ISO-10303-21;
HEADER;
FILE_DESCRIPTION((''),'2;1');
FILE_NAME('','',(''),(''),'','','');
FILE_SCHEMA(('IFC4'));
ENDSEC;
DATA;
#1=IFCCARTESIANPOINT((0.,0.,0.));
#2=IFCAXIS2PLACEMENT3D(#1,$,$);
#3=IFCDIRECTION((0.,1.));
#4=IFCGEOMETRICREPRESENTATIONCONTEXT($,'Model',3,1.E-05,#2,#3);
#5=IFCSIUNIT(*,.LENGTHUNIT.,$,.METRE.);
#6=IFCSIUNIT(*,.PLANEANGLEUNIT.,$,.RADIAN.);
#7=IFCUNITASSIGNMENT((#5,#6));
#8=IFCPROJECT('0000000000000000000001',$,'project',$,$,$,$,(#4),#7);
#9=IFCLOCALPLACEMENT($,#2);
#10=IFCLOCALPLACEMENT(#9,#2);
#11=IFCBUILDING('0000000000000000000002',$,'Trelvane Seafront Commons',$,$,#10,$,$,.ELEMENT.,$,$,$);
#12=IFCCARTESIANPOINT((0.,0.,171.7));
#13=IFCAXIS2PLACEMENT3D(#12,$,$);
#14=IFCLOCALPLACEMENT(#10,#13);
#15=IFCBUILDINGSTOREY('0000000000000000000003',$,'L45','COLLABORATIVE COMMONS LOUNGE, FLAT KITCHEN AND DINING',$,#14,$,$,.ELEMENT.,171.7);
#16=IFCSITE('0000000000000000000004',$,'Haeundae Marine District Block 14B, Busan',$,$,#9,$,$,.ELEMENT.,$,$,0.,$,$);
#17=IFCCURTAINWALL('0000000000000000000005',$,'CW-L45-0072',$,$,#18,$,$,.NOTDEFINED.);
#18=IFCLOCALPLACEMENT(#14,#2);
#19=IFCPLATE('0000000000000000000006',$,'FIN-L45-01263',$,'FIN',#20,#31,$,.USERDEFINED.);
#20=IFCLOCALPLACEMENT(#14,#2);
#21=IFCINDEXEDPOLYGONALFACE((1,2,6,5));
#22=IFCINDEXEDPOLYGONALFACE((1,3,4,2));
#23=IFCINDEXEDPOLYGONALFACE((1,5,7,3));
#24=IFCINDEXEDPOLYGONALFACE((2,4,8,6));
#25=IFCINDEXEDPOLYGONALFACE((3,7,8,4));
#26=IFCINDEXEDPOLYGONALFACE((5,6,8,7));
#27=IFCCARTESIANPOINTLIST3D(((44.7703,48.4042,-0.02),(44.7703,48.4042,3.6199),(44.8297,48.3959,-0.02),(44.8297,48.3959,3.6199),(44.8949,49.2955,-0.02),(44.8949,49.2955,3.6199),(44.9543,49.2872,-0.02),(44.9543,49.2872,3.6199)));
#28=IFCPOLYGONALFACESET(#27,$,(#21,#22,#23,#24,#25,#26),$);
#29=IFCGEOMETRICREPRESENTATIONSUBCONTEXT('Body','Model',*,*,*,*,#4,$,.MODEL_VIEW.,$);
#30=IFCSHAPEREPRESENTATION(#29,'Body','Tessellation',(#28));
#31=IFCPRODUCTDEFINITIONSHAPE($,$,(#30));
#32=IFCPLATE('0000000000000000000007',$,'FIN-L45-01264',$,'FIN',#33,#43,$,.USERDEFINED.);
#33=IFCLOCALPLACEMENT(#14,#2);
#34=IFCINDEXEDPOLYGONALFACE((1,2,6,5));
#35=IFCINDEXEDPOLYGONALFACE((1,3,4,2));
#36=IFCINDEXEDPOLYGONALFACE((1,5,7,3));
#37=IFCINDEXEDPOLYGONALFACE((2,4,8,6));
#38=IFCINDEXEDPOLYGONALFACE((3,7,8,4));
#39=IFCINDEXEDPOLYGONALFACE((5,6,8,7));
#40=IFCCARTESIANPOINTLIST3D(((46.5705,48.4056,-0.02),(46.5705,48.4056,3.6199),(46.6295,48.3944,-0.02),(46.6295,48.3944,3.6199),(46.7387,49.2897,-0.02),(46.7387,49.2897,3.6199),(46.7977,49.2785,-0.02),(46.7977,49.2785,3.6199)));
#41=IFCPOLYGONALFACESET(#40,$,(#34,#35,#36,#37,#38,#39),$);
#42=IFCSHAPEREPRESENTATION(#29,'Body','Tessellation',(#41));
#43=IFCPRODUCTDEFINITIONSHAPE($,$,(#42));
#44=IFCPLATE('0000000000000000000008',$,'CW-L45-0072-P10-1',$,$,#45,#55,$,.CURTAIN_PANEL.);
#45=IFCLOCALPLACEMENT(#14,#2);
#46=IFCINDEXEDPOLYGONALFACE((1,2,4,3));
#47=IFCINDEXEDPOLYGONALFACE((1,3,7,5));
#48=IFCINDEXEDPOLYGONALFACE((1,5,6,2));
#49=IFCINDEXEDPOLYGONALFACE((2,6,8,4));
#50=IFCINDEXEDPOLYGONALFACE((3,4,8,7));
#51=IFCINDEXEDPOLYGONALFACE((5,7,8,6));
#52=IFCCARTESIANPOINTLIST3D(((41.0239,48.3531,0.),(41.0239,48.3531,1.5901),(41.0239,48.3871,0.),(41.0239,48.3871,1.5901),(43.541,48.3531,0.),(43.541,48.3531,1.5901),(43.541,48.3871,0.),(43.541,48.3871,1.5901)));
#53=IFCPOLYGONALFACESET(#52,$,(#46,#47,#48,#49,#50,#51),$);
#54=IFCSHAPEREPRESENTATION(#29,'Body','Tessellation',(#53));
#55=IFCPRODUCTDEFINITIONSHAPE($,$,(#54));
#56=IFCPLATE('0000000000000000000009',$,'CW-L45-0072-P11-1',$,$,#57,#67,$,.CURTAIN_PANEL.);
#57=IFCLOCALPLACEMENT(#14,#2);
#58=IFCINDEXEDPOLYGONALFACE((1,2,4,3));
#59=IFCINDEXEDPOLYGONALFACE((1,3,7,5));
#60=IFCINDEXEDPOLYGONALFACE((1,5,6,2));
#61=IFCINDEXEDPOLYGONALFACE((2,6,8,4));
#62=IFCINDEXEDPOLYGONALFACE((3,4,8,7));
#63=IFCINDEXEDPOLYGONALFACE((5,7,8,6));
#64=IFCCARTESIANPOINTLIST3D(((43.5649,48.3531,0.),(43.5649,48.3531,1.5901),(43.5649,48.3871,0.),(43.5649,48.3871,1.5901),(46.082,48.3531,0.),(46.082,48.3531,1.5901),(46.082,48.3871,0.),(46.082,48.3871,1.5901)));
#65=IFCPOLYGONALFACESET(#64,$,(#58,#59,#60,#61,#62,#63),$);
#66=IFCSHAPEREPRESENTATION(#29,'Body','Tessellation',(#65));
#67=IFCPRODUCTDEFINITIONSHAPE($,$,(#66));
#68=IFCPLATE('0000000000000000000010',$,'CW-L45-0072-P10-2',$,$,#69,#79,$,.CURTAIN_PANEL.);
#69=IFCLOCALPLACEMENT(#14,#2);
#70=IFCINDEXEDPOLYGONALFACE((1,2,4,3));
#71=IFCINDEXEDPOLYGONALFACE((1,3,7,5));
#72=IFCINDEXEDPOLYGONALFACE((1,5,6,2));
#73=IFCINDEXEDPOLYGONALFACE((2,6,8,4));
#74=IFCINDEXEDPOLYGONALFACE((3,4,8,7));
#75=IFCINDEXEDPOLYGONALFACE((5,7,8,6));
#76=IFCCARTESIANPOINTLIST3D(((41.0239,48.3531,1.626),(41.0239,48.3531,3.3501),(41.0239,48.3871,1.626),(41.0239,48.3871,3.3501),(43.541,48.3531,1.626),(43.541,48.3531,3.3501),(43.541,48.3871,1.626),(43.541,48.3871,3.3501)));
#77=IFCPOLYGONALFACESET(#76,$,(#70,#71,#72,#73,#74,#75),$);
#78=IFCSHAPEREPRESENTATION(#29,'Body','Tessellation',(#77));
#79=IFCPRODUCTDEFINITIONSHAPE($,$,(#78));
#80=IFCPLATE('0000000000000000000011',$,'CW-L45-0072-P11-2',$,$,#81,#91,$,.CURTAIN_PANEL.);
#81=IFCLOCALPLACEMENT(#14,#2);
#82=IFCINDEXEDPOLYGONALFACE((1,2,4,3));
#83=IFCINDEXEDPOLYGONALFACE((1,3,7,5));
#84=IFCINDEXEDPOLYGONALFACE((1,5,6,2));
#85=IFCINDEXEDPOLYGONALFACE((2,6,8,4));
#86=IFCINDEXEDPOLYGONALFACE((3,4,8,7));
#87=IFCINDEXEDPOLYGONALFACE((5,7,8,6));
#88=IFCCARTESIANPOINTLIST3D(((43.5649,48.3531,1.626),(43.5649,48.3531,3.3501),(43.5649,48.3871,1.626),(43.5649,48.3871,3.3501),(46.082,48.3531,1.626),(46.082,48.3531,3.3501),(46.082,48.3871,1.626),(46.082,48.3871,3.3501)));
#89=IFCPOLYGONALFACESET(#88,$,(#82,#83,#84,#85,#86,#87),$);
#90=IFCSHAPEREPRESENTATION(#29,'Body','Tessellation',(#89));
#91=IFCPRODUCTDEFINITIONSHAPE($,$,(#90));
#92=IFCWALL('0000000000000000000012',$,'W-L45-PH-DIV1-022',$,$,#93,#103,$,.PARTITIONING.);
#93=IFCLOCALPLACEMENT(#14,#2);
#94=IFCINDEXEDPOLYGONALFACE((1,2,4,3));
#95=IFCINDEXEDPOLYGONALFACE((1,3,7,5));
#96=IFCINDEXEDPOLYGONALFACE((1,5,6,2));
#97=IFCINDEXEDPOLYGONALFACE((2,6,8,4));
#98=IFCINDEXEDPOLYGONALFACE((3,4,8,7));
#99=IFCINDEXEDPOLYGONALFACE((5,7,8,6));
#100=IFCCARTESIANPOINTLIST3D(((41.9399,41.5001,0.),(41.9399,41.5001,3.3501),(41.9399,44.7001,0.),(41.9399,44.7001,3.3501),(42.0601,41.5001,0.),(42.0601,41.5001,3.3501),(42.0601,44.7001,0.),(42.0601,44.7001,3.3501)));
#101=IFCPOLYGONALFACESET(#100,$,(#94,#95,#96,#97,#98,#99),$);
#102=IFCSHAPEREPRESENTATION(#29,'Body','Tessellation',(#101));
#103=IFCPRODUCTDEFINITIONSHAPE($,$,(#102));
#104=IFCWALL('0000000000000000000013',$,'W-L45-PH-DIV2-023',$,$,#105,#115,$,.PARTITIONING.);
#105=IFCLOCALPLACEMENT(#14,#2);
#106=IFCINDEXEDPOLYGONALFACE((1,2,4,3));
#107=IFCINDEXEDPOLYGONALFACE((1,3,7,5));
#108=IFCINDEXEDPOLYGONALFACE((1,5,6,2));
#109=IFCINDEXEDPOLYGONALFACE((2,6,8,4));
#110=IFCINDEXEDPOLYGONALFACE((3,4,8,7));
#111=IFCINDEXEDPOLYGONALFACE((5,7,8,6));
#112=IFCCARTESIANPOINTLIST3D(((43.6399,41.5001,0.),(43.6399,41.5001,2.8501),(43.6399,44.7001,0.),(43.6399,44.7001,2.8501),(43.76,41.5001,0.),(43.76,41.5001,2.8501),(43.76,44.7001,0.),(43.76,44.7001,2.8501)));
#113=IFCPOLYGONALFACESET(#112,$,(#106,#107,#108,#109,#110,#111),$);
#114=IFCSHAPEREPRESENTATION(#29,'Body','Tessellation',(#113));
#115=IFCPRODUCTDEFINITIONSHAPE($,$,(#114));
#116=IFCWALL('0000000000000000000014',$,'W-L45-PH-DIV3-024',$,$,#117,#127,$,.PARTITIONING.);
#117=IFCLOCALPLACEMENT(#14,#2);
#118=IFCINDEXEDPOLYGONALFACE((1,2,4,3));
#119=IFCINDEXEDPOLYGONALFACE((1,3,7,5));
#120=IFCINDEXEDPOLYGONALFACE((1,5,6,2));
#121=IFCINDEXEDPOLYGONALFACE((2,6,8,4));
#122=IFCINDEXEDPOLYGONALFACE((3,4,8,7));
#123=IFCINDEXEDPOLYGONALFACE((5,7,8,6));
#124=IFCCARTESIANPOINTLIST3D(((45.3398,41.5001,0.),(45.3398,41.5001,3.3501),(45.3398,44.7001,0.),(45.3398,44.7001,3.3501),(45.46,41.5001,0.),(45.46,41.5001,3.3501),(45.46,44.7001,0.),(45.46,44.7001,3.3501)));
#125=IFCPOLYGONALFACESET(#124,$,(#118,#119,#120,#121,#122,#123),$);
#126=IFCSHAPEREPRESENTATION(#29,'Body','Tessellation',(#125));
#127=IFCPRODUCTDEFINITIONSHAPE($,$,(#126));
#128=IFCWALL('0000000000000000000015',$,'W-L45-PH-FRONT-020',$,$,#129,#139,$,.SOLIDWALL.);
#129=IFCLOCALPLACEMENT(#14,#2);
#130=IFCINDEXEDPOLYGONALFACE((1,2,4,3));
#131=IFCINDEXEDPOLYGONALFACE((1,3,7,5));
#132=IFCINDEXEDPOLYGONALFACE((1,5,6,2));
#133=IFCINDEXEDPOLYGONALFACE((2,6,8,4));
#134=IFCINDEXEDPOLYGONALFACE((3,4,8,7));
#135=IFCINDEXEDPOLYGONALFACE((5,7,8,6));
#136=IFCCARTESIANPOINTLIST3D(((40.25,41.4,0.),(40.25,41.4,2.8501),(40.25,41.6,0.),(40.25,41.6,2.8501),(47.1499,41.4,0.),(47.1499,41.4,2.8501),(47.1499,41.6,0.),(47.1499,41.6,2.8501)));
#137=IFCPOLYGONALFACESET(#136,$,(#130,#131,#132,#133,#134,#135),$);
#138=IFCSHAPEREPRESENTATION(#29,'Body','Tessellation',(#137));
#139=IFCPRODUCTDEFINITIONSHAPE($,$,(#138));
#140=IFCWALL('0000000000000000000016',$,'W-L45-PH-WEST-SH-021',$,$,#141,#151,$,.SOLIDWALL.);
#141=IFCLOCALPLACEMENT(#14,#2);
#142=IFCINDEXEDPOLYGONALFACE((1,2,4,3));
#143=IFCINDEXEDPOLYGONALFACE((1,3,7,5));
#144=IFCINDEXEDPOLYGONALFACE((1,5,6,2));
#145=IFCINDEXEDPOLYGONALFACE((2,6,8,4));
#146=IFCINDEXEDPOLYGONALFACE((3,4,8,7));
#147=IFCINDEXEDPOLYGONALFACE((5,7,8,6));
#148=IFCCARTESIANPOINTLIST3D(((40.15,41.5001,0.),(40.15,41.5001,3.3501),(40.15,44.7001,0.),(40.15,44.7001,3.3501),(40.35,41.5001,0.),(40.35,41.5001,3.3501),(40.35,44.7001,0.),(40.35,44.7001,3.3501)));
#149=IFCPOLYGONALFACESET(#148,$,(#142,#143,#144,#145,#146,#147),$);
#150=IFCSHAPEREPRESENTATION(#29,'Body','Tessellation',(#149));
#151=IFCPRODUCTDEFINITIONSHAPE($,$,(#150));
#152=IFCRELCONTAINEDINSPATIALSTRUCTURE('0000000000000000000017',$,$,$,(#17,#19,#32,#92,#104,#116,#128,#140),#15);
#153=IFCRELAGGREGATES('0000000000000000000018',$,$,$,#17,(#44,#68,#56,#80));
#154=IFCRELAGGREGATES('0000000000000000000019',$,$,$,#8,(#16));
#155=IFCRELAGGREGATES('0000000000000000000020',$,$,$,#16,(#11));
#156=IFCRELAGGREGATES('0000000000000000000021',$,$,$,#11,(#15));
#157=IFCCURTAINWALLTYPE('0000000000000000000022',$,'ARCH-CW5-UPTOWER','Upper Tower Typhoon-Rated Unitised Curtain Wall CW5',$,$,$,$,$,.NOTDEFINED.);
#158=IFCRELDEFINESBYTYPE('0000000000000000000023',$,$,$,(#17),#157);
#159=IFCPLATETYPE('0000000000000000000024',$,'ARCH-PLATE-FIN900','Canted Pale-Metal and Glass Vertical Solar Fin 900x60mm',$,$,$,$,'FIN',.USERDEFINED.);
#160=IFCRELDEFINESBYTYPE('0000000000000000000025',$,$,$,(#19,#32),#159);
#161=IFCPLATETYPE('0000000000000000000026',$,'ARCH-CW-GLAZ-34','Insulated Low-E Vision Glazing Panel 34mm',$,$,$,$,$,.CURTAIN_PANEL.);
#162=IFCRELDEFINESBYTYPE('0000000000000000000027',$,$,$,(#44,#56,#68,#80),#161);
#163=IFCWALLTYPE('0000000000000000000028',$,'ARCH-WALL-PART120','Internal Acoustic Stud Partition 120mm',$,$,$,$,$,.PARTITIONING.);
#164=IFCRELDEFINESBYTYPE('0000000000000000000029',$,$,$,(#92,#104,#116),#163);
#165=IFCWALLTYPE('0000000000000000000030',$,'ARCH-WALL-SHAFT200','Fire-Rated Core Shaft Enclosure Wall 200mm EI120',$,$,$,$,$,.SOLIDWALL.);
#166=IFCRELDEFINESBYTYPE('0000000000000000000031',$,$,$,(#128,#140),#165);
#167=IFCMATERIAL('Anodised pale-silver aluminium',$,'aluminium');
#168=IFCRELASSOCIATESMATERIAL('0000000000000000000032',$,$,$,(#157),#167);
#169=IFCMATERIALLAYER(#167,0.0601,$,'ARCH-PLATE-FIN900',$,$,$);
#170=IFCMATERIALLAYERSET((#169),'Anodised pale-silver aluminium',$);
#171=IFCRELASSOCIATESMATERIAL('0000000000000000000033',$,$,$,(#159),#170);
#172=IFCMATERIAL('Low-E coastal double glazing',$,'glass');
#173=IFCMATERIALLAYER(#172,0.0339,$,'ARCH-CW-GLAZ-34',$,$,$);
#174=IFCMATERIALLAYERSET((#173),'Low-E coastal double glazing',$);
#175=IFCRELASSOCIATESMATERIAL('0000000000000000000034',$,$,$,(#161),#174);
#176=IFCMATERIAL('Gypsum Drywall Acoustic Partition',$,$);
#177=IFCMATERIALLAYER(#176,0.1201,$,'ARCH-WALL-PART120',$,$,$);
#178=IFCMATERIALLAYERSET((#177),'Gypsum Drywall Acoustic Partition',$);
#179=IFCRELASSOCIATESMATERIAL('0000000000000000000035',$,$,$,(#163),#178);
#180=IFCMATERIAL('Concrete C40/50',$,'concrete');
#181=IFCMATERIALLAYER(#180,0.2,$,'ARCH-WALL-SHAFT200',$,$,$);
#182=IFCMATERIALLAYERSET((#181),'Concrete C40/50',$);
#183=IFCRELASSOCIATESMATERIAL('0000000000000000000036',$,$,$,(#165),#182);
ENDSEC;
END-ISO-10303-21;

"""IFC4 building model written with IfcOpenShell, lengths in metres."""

from ifc_helpers import new_model, si_unit, direction, frame, frame_2d, origin, origin_2d, place, context, subcontext, project, spatial, rectangle, extrude, source, transform, mapped, material, layer, layer_set, type_object, element, aggregate, save


model = new_model("IFC4")

# Units and contexts
model_context = context("Model", 3, precision=1e-05, world=origin(), true_north=direction((0.0, 1.0)))
body_context = subcontext(model_context, "Body", "Model", "MODEL_VIEW")
ifc_project = project(units=[si_unit("LENGTHUNIT", "METRE"), si_unit("PLANEANGLEUNIT", "RADIAN")], contexts=[model_context])

# Site, building, storey
site_placement = place(None, origin())
site = spatial("IfcSite", under=ifc_project, at=site_placement, Name="Haeundae Marine District Block 14B, Busan", CompositionType="ELEMENT", RefElevation=0.0)
building_placement = place(site_placement, origin())
building = spatial("IfcBuilding", under=site, at=building_placement, Name="Trelvane Seafront Commons", CompositionType="ELEMENT")
storey_placement = place(building_placement, frame((0.0, 0.0, 171.7)))
storey = spatial("IfcBuildingStorey", under=building, at=storey_placement, Name="L45", Description="COLLABORATIVE COMMONS LOUNGE, FLAT KITCHEN AND DINING", CompositionType="ELEMENT", Elevation=171.7)

# Curtain wall
ifc_material_1 = material(Name="Anodised pale-silver aluminium", Category="aluminium")
curtain_wall_type = type_object("IfcCurtainWallType", Name="ARCH-CW5-UPTOWER", Description="Upper Tower Typhoon-Rated Unitised Curtain Wall CW5", PredefinedType="NOTDEFINED", material=ifc_material_1)
curtain_wall_placement = place(storey_placement, origin())
curtain_wall = element("IfcCurtainWall", 1, at=curtain_wall_placement, inside=storey, type_object=curtain_wall_type, Name="CW-L45-0072", PredefinedType="NOTDEFINED")

# Plates
ifc_layer_1 = layer(ifc_material_1, 0.0601, Name="ARCH-PLATE-FIN900")
ifc_layer_set_1 = layer_set([ifc_layer_1], Name="Anodised pale-silver aluminium")
plate_type_1 = type_object("IfcPlateType", Name="ARCH-PLATE-FIN900", Description="Canted Pale-Metal and Glass Vertical Solar Fin 900x60mm", ElementType="FIN", PredefinedType="USERDEFINED", material=ifc_layer_set_1)
shared_shape_1 = source(origin(), body_context, "Body", "SweptSolid", [
    extrude(rectangle(XDim=0.8999, YDim=0.0601, at=origin_2d()), origin(), (0.0, 0.0, 1.0), 3.6399),
])
for number, where, z_axis, x_axis, name in (
    (2, (44.8623, 48.8457, -0.02), (0.0, 0.0, 1.0), (0.138449, 0.99037, 0.0), "FIN-L45-01263"),
    (3, (46.6841, 48.842, -0.02), (0.0, 0.0, 1.0), (0.186898, 0.982379, 0.0), "FIN-L45-01264"),
):
    element("IfcPlate", number, at=place(storey_placement, frame(where, z_axis=z_axis, x_axis=x_axis)), inside=storey, type_object=plate_type_1, Name=name, ObjectType="FIN", PredefinedType="USERDEFINED", context=body_context, shape_type="MappedRepresentation", body=[
        mapped(shared_shape_1, transform((0.0, 0.0, 0.0), x_axis=(1.0, 0.0, 0.0), y_axis=(0.0, 1.0, 0.0), z_axis=(0.0, 0.0, 1.0), scale=1.0)),
    ])

# Plates
ifc_material_2 = material(Name="Low-E coastal double glazing", Category="glass")
ifc_layer_2 = layer(ifc_material_2, 0.0339, Name="ARCH-CW-GLAZ-34")
ifc_layer_set_2 = layer_set([ifc_layer_2], Name="Low-E coastal double glazing")
plate_type_2 = type_object("IfcPlateType", Name="ARCH-CW-GLAZ-34", Description="Insulated Low-E Vision Glazing Panel 34mm", PredefinedType="CURTAIN_PANEL", material=ifc_layer_set_2)
shared_shape_2 = source(origin(), body_context, "Body", "SweptSolid", [
    extrude(rectangle(XDim=2.5171, YDim=0.0339, at=origin_2d()), origin(), (0.0, 0.0, 1.0), 1.5901),
])
plate_1_placement = place(storey_placement, frame((42.2825, 48.3701, 0.0), z_axis=(0.0, 0.0, 1.0), x_axis=(1.0, 0.0, 0.0)))
plate_1 = element("IfcPlate", 4, at=plate_1_placement, type_object=plate_type_2, Name="CW-L45-0072-P10-1", PredefinedType="CURTAIN_PANEL", context=body_context, shape_type="MappedRepresentation", body=[
    mapped(shared_shape_2, transform((0.0, 0.0, 0.0), x_axis=(1.0, 0.0, 0.0), y_axis=(0.0, 1.0, 0.0), z_axis=(0.0, 0.0, 1.0), scale=1.0)),
])
plate_2_placement = place(storey_placement, frame((44.8235, 48.3701, 0.0), z_axis=(0.0, 0.0, 1.0), x_axis=(1.0, 0.0, 0.0)))
plate_2 = element("IfcPlate", 5, at=plate_2_placement, type_object=plate_type_2, Name="CW-L45-0072-P11-1", PredefinedType="CURTAIN_PANEL", context=body_context, shape_type="MappedRepresentation", body=[
    mapped(shared_shape_2, transform((0.0, 0.0, 0.0), x_axis=(1.0, 0.0, 0.0), y_axis=(0.0, 1.0, 0.0), z_axis=(0.0, 0.0, 1.0), scale=1.0)),
])
shared_shape_3 = source(origin(), body_context, "Body", "SweptSolid", [
    extrude(rectangle(XDim=2.5171, YDim=0.0339, at=origin_2d()), origin(), (0.0, 0.0, 1.0), 1.7241),
])
plate_3_placement = place(storey_placement, frame((42.2825, 48.3701, 1.626), z_axis=(0.0, 0.0, 1.0), x_axis=(1.0, 0.0, 0.0)))
plate_3 = element("IfcPlate", 6, at=plate_3_placement, type_object=plate_type_2, Name="CW-L45-0072-P10-2", PredefinedType="CURTAIN_PANEL", context=body_context, shape_type="MappedRepresentation", body=[
    mapped(shared_shape_3, transform((0.0, 0.0, 0.0), x_axis=(1.0, 0.0, 0.0), y_axis=(0.0, 1.0, 0.0), z_axis=(0.0, 0.0, 1.0), scale=1.0)),
])
plate_4_placement = place(storey_placement, frame((44.8235, 48.3701, 1.626), z_axis=(0.0, 0.0, 1.0), x_axis=(1.0, 0.0, 0.0)))
plate_4 = element("IfcPlate", 7, at=plate_4_placement, type_object=plate_type_2, Name="CW-L45-0072-P11-2", PredefinedType="CURTAIN_PANEL", context=body_context, shape_type="MappedRepresentation", body=[
    mapped(shared_shape_3, transform((0.0, 0.0, 0.0), x_axis=(1.0, 0.0, 0.0), y_axis=(0.0, 1.0, 0.0), z_axis=(0.0, 0.0, 1.0), scale=1.0)),
])
aggregate(curtain_wall, [plate_1, plate_3, plate_2, plate_4])

# Walls
ifc_material_3 = material(Name="Gypsum Drywall Acoustic Partition")
ifc_layer_3 = layer(ifc_material_3, 0.1201, Name="ARCH-WALL-PART120")
ifc_layer_set_3 = layer_set([ifc_layer_3], Name="Gypsum Drywall Acoustic Partition")
wall_type_1 = type_object("IfcWallType", Name="ARCH-WALL-PART120", Description="Internal Acoustic Stud Partition 120mm", PredefinedType="PARTITIONING", material=ifc_layer_set_3)
wall_1_placement = place(storey_placement, frame((42.0, 41.5, 0.0), z_axis=(0.0, 0.0, 1.0), x_axis=(0.0, 1.0, 0.0)))
element("IfcWall", 8, at=wall_1_placement, inside=storey, type_object=wall_type_1, Name="W-L45-PH-DIV1-022", PredefinedType="PARTITIONING", context=body_context, shape_type="SweptSolid", body=[
    extrude(rectangle(XDim=3.2, YDim=0.1201, at=frame_2d((1.6001, 0.0))), origin(), (0.0, 0.0, 1.0), 3.3501),
])
wall_2_placement = place(storey_placement, frame((43.7, 41.5, 0.0), z_axis=(0.0, 0.0, 1.0), x_axis=(0.0, 1.0, 0.0)))
element("IfcWall", 9, at=wall_2_placement, inside=storey, type_object=wall_type_1, Name="W-L45-PH-DIV2-023", PredefinedType="PARTITIONING", context=body_context, shape_type="SweptSolid", body=[
    extrude(rectangle(XDim=3.2, YDim=0.1201, at=frame_2d((1.6001, 0.0))), origin(), (0.0, 0.0, 1.0), 2.8501),
])
wall_3_placement = place(storey_placement, frame((45.3999, 41.5, 0.0), z_axis=(0.0, 0.0, 1.0), x_axis=(0.0, 1.0, 0.0)))
element("IfcWall", 10, at=wall_3_placement, inside=storey, type_object=wall_type_1, Name="W-L45-PH-DIV3-024", PredefinedType="PARTITIONING", context=body_context, shape_type="SweptSolid", body=[
    extrude(rectangle(XDim=3.2, YDim=0.1201, at=frame_2d((1.6001, 0.0))), origin(), (0.0, 0.0, 1.0), 3.3501),
])
ifc_material_4 = material(Name="Concrete C40/50", Category="concrete")
ifc_layer_4 = layer(ifc_material_4, 0.2, Name="ARCH-WALL-SHAFT200")
ifc_layer_set_4 = layer_set([ifc_layer_4], Name="Concrete C40/50")
wall_type_2 = type_object("IfcWallType", Name="ARCH-WALL-SHAFT200", Description="Fire-Rated Core Shaft Enclosure Wall 200mm EI120", PredefinedType="SOLIDWALL", material=ifc_layer_set_4)
wall_4_placement = place(storey_placement, frame((40.25, 41.5, 0.0), z_axis=(0.0, 0.0, 1.0), x_axis=(1.0, 0.0, 0.0)))
element("IfcWall", 11, at=wall_4_placement, inside=storey, type_object=wall_type_2, Name="W-L45-PH-FRONT-020", PredefinedType="SOLIDWALL", context=body_context, shape_type="SweptSolid", body=[
    extrude(rectangle(XDim=6.8999, YDim=0.2, at=frame_2d((3.45, 0.0))), origin(), (0.0, 0.0, 1.0), 2.8501),
])
wall_5_placement = place(storey_placement, frame((40.25, 41.5, 0.0), z_axis=(0.0, 0.0, 1.0), x_axis=(0.0, 1.0, 0.0)))
element("IfcWall", 12, at=wall_5_placement, inside=storey, type_object=wall_type_2, Name="W-L45-PH-WEST-SH-021", PredefinedType="SOLIDWALL", context=body_context, shape_type="SweptSolid", body=[
    extrude(rectangle(XDim=3.2, YDim=0.2, at=frame_2d((1.6001, 0.0))), origin(), (0.0, 0.0, 1.0), 3.3501),
])

save(model, "model.ifc")
